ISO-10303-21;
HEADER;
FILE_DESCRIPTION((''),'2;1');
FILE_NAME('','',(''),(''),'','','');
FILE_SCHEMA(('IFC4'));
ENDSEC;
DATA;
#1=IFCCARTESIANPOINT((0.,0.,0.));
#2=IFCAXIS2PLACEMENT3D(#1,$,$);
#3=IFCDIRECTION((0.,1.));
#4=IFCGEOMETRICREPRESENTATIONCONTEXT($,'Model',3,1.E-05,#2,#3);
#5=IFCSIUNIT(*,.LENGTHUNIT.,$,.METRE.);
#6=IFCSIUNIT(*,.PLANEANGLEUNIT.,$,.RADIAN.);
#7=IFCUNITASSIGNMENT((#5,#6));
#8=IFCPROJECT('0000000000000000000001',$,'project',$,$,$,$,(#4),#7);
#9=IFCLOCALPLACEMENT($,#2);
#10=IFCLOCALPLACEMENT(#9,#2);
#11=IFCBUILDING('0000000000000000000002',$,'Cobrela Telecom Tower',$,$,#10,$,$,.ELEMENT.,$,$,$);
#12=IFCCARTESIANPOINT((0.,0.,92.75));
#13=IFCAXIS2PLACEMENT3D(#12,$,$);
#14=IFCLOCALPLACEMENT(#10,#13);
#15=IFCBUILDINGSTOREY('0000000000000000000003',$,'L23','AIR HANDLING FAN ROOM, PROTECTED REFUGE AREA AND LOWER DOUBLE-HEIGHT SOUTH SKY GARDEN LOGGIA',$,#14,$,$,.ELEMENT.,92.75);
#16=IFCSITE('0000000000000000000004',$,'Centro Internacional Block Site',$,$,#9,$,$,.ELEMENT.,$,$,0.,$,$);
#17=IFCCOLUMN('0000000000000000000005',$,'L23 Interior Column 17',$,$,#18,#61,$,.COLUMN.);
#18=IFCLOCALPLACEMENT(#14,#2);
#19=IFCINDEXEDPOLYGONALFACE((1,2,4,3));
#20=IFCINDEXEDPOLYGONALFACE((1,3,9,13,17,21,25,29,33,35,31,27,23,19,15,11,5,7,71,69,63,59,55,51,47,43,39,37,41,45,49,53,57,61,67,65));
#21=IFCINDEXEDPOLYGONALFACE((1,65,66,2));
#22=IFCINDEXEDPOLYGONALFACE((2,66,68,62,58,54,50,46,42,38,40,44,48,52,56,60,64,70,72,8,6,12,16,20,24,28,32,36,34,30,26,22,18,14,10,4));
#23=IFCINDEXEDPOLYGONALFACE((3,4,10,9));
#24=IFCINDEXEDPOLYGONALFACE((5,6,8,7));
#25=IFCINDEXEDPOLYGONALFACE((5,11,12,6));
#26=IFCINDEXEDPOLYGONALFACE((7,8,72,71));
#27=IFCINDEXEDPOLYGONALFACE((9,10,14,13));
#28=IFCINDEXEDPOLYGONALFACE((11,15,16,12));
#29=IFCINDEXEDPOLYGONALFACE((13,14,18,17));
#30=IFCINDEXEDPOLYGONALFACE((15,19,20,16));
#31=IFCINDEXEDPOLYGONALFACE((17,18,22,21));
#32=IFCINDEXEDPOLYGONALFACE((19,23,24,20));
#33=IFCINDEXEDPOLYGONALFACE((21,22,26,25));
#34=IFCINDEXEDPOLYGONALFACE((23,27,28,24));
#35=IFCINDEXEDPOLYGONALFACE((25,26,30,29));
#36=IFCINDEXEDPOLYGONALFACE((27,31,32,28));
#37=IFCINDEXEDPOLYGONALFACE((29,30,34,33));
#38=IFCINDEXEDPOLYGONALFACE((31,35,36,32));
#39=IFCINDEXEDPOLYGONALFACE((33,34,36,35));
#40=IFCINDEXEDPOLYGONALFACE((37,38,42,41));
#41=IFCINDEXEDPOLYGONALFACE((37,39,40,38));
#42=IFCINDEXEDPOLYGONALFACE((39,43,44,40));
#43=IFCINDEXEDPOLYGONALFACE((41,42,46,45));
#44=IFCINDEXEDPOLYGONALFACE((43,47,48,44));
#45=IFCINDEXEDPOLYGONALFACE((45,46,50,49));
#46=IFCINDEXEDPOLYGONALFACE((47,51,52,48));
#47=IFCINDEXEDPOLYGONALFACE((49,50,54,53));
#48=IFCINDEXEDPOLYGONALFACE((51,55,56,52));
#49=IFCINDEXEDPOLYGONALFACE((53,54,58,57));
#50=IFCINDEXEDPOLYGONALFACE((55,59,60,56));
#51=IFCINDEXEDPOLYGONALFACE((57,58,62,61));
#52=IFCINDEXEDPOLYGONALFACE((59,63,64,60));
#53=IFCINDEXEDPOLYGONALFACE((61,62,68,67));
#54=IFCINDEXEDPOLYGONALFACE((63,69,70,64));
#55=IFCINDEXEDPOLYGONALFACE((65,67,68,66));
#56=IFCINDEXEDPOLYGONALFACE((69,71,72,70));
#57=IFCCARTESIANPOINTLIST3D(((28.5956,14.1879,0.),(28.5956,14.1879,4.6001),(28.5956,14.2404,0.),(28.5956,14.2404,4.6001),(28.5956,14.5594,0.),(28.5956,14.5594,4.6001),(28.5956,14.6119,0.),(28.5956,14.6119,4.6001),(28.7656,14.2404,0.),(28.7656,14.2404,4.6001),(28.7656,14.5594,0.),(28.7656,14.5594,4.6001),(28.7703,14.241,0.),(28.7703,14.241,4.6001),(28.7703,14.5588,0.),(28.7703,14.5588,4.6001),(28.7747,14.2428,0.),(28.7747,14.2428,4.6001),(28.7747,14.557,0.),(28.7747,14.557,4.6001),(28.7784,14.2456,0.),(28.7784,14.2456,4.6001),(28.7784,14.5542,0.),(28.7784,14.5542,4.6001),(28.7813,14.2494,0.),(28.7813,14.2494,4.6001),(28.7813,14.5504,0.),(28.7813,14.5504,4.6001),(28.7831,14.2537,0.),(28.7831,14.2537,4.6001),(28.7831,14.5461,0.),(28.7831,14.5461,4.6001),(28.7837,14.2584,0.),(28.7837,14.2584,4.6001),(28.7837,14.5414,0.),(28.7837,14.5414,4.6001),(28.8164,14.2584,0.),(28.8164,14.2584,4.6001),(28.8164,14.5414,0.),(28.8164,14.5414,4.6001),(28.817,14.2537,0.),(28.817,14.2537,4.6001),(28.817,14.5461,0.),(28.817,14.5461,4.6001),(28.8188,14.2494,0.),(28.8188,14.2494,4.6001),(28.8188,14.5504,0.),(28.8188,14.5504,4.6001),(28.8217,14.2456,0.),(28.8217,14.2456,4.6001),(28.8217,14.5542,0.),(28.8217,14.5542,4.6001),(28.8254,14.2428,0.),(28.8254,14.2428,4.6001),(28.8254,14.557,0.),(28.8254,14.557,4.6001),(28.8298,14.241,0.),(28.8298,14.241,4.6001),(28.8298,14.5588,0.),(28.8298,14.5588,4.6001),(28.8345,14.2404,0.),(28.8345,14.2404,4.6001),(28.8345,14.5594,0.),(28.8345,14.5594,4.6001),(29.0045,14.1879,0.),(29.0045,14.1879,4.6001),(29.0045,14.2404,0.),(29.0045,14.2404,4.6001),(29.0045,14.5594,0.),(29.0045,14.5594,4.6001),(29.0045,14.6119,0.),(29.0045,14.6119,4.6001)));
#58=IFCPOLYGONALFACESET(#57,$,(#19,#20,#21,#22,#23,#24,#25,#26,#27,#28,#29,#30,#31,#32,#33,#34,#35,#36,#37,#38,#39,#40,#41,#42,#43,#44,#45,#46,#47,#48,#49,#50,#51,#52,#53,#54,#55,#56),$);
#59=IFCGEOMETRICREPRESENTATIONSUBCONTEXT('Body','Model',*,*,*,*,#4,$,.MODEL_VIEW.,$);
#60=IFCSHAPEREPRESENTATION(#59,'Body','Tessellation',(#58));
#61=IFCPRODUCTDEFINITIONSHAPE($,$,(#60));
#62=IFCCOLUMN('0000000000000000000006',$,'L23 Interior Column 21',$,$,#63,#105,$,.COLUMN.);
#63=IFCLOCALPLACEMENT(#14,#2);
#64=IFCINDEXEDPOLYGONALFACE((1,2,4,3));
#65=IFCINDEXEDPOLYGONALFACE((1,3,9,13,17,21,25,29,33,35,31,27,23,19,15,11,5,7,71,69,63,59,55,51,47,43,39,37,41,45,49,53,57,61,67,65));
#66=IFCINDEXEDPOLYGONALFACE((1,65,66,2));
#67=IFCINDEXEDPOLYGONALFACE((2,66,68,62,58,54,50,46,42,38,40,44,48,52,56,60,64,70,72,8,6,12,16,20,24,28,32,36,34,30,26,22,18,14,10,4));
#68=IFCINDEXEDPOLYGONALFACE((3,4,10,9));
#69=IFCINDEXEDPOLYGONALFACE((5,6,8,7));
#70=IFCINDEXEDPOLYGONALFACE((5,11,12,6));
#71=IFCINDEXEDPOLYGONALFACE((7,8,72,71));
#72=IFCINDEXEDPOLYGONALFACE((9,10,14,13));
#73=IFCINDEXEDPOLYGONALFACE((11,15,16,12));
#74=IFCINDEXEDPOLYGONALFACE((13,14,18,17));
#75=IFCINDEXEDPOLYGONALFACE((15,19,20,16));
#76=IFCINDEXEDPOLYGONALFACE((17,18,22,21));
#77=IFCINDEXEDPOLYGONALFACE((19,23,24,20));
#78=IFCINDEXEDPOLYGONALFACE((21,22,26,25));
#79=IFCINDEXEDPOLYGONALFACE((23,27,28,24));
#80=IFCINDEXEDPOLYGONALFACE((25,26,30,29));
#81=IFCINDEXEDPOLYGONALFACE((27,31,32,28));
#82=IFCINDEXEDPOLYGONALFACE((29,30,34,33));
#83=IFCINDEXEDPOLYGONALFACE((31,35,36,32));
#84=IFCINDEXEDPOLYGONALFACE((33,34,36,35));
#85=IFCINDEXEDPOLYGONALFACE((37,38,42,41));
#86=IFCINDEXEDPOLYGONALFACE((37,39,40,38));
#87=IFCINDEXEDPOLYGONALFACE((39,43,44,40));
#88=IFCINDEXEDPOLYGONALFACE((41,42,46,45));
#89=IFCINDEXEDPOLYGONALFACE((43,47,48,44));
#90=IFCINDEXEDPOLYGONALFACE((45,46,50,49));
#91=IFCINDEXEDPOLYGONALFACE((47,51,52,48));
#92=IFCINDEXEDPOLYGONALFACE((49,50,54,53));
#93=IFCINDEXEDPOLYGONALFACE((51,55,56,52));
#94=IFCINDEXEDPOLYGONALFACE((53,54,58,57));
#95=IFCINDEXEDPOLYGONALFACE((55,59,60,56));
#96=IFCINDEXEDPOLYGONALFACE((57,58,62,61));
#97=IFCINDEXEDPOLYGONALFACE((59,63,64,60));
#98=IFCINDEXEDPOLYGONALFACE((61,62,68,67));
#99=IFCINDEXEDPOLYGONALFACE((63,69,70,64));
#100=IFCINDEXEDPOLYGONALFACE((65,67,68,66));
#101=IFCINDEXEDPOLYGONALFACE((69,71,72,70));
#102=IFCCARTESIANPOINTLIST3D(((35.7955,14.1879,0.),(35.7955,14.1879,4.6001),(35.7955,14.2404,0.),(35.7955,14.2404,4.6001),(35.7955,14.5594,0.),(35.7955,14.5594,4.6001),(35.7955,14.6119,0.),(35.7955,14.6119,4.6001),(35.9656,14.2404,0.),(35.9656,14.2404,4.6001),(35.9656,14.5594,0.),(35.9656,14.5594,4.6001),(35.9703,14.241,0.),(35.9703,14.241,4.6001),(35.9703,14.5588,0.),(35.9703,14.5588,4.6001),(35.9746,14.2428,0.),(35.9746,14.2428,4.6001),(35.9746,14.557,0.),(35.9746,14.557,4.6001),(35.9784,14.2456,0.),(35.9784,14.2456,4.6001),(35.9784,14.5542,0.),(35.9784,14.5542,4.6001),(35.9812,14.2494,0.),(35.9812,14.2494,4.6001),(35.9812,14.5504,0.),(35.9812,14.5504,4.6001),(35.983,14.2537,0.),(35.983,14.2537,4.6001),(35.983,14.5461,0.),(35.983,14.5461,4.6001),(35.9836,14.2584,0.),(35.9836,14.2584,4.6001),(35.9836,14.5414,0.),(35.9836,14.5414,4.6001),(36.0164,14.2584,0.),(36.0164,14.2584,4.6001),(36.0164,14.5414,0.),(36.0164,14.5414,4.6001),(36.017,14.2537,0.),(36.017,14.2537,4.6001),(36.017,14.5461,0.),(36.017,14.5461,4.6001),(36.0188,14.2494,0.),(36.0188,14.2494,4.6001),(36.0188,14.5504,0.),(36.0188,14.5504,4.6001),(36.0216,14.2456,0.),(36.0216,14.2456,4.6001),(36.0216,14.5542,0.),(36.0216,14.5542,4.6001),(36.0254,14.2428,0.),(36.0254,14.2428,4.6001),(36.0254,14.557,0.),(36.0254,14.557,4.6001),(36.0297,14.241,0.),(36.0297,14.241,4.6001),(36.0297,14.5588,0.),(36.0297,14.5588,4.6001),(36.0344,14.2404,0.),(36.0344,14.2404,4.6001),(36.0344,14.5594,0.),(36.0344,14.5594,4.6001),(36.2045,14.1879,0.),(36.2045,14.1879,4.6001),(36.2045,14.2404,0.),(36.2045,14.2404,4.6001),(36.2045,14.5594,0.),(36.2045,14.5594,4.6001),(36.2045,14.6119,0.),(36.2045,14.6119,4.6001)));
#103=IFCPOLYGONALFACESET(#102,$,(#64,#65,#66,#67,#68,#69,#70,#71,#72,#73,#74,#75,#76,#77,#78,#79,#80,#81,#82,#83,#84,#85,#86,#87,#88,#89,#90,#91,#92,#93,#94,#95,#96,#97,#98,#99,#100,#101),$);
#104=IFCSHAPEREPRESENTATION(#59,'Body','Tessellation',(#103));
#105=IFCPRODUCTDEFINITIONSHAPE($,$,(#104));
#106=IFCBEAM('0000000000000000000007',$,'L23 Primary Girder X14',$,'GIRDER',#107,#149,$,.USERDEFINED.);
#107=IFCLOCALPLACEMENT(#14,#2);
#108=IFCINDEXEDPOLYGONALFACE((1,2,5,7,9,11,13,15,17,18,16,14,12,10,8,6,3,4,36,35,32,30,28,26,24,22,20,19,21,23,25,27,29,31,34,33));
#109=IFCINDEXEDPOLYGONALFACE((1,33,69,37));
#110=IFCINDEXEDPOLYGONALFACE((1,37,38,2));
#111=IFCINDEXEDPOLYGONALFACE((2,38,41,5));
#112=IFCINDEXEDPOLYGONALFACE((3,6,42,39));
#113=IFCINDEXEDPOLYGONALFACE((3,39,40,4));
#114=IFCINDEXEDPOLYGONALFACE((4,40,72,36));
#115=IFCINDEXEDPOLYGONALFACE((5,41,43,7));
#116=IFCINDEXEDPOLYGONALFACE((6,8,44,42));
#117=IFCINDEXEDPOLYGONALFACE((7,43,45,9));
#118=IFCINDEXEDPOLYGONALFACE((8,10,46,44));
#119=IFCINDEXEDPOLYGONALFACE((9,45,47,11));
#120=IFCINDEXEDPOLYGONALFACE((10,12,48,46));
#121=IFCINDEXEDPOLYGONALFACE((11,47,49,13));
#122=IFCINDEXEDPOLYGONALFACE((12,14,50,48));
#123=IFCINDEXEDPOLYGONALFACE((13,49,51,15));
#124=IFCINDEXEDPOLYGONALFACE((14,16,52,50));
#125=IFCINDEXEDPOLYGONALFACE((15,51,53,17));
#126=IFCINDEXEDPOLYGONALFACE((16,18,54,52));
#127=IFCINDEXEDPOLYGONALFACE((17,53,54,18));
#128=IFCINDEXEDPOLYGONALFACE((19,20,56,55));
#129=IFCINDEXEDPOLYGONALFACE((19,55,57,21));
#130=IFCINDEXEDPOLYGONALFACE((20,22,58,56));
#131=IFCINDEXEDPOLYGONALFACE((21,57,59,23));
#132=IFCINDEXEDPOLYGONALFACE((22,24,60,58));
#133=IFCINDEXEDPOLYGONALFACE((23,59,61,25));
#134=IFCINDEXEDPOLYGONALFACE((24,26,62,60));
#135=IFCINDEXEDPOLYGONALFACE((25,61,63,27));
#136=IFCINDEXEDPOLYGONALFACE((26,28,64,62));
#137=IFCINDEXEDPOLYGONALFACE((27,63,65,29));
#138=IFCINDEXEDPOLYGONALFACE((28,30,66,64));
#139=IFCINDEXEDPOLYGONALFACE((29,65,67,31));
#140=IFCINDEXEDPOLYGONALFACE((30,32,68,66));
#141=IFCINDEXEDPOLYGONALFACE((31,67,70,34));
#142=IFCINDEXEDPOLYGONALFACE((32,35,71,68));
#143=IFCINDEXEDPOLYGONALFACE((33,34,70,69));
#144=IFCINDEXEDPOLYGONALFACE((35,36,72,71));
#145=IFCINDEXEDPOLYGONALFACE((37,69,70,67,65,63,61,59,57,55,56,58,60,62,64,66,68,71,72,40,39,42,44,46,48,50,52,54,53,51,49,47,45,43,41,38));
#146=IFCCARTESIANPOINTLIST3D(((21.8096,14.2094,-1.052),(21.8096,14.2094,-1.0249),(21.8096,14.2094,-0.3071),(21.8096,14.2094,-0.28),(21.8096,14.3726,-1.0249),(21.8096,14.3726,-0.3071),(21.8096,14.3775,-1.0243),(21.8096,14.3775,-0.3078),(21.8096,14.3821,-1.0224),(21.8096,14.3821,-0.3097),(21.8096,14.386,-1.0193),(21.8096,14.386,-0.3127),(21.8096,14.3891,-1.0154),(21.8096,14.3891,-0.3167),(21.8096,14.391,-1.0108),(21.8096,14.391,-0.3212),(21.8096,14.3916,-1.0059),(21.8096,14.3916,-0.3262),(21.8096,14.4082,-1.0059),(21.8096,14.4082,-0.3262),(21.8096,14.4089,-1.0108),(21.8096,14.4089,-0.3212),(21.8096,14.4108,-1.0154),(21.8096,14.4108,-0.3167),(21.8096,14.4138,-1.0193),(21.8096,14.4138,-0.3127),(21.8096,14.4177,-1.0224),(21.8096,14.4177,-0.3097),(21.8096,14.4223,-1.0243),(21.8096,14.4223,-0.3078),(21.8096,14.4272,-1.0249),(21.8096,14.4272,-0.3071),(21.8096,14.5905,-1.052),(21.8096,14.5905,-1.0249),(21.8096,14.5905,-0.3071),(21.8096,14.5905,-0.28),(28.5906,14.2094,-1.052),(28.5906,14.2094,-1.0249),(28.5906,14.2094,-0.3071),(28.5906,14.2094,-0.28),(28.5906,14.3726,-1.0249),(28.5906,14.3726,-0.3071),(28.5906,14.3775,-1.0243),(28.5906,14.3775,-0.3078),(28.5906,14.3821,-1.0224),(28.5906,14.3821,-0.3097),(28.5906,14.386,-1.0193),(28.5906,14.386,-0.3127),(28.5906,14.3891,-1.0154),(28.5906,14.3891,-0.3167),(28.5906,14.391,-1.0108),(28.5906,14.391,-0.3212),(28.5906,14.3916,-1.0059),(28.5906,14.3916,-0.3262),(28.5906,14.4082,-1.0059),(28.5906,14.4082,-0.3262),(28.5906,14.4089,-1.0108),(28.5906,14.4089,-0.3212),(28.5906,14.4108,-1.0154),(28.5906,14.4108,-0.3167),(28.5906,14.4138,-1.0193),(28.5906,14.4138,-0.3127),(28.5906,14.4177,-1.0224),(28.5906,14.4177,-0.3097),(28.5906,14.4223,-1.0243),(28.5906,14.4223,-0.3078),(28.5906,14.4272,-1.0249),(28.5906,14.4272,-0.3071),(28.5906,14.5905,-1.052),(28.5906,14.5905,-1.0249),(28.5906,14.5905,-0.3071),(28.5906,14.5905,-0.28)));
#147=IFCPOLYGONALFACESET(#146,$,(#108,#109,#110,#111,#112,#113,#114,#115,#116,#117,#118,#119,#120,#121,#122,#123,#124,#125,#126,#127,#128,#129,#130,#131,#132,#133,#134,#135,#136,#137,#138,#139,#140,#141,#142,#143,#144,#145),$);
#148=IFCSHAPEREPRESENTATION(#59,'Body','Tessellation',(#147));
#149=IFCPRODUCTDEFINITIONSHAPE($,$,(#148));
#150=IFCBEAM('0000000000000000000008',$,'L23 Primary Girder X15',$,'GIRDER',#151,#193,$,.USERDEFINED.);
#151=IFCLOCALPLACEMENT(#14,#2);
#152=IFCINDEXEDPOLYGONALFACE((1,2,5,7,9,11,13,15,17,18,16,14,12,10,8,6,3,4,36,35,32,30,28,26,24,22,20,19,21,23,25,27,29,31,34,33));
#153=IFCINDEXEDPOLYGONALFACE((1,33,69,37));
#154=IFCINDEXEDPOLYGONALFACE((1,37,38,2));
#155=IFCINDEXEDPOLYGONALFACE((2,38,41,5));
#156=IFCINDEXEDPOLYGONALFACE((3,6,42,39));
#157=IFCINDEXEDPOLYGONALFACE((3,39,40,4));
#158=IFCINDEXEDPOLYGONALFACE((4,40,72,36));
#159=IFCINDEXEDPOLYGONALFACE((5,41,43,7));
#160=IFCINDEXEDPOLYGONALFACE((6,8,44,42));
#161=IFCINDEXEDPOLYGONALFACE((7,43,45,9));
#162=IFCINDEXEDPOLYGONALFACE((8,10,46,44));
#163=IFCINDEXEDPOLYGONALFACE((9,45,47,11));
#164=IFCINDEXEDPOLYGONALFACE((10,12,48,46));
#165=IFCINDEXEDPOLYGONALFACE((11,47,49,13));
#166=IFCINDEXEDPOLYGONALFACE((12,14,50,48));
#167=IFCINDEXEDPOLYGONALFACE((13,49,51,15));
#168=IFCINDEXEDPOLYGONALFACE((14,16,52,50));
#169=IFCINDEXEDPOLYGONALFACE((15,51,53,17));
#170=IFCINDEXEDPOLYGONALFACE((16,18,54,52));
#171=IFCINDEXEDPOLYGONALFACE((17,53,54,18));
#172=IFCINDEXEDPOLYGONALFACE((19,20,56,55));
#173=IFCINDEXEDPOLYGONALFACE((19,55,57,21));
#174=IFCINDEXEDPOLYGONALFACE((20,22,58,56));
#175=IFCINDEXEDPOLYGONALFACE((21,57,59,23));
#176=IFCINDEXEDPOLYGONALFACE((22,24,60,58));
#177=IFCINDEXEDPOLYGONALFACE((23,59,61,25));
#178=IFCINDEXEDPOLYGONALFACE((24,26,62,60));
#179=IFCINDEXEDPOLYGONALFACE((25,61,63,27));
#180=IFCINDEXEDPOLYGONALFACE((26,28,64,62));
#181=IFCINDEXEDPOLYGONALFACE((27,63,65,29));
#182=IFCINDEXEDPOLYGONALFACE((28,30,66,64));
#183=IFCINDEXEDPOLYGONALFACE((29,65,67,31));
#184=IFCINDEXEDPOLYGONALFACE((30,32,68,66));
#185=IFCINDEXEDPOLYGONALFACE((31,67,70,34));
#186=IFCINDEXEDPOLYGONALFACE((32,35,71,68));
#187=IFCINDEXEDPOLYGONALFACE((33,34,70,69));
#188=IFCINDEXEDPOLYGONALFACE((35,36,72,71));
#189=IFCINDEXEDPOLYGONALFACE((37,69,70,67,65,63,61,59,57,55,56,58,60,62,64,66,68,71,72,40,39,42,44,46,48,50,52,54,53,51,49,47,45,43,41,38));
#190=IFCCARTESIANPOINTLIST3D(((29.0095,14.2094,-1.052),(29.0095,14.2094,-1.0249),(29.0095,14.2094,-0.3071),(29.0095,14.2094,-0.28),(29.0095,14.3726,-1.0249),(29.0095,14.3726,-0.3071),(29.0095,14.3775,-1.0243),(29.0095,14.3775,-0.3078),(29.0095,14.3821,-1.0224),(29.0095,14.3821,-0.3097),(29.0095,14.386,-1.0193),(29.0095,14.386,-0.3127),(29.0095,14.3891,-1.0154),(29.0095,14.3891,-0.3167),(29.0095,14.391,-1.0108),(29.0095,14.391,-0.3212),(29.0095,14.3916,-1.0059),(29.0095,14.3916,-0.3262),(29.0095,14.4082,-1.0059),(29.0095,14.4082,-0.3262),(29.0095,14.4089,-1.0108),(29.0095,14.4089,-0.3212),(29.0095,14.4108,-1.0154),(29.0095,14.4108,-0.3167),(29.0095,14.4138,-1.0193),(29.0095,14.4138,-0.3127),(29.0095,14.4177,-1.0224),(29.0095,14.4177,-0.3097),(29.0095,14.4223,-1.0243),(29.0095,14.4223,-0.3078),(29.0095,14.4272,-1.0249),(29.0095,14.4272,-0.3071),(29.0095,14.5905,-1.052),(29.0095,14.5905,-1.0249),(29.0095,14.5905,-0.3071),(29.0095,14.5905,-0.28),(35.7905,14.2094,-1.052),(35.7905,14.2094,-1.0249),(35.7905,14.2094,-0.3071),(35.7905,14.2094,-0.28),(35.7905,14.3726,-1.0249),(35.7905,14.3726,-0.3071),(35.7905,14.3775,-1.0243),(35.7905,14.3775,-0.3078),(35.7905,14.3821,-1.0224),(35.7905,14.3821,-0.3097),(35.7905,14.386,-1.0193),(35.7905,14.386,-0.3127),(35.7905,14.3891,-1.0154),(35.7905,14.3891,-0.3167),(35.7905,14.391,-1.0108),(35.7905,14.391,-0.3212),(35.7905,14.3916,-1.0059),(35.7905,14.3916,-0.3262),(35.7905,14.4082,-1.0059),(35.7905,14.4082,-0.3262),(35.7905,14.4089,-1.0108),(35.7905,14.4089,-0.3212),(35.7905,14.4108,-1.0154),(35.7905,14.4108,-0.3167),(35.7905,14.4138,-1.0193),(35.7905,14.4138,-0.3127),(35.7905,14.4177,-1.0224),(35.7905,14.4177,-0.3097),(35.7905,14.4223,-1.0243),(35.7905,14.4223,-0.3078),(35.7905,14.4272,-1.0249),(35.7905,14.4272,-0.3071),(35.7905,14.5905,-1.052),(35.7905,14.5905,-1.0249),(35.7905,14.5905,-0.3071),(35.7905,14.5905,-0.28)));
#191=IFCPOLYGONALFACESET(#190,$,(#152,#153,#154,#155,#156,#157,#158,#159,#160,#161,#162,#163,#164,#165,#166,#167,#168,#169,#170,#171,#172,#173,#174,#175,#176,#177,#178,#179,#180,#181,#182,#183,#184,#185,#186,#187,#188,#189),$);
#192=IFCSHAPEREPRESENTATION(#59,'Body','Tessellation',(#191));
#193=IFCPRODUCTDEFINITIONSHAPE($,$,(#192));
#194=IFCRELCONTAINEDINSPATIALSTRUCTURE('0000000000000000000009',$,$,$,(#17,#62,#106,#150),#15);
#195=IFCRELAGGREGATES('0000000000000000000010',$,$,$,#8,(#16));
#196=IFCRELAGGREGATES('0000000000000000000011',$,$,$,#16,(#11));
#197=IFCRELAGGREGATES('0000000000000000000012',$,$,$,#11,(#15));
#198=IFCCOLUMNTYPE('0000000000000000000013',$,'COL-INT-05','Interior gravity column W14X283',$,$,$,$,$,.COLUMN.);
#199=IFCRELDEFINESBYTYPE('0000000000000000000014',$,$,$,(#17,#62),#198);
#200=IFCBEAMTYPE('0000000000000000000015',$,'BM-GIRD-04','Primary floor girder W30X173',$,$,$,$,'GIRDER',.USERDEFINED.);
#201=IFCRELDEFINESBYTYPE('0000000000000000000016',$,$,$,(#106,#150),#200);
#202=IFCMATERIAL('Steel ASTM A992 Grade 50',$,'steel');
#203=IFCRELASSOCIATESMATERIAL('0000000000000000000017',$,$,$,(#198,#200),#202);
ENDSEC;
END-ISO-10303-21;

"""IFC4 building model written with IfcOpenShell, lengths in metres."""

from ifc_helpers import new_model, si_unit, direction, frame, origin, origin_2d, place, context, subcontext, project, spatial, i_section, extrude, material, material_profile, profile_set, type_object, element, save


model = new_model("IFC4")

# Units and contexts
model_context = context("Model", 3, precision=1e-05, world=origin(), true_north=direction((0.0, 1.0)))
body_context = subcontext(model_context, "Body", "Model", "MODEL_VIEW")
ifc_project = project(units=[si_unit("LENGTHUNIT", "METRE"), si_unit("PLANEANGLEUNIT", "RADIAN")], contexts=[model_context])

# Site, building, storey
site_placement = place(None, origin())
site = spatial("IfcSite", under=ifc_project, at=site_placement, Name="Centro Internacional Block Site", CompositionType="ELEMENT", RefElevation=0.0)
building_placement = place(site_placement, origin())
building = spatial("IfcBuilding", under=site, at=building_placement, Name="Cobrela Telecom Tower", CompositionType="ELEMENT")
storey_placement = place(building_placement, frame((0.0, 0.0, 92.75)))
storey = spatial("IfcBuildingStorey", under=building, at=storey_placement, Name="L23", Description="AIR HANDLING FAN ROOM, PROTECTED REFUGE AREA AND LOWER DOUBLE-HEIGHT SOUTH SKY GARDEN LOGGIA", CompositionType="ELEMENT", Elevation=92.75)

# Columns
ifc_material_1 = material(Name="Steel ASTM A992 Grade 50", Category="steel")
ifc_material_profile_1 = material_profile(ifc_material_1, i_section(OverallWidth=0.4089, OverallDepth=0.4241, WebThickness=0.0327, FlangeThickness=0.0525, FilletRadius=0.0181, at=origin_2d()), Name="W14X283")
ifc_profile_set_1 = profile_set([ifc_material_profile_1], Name="Steel ASTM A992 Grade 50")
column_type = type_object("IfcColumnType", Name="COL-INT-05", Description="Interior gravity column W14X283", PredefinedType="COLUMN", material=ifc_profile_set_1)
for number, where, z_axis, x_axis, name in (
    (1, (28.8, 14.3999, 0.0), (0.0, 0.0, 1.0), (1.0, 0.0, 0.0), "L23 Interior Column 17"),
    (2, (36.0, 14.3999, 0.0), (0.0, 0.0, 1.0), (1.0, 0.0, 0.0), "L23 Interior Column 21"),
):
    element("IfcColumn", number, at=place(storey_placement, frame(where, z_axis=z_axis, x_axis=x_axis)), inside=storey, type_object=column_type, Name=name, PredefinedType="COLUMN", context=body_context, shape_type="SweptSolid", body=[
        extrude(i_section(OverallWidth=0.4089, OverallDepth=0.4241, WebThickness=0.0327, FlangeThickness=0.0525, FilletRadius=0.0181, at=origin_2d()), origin(), (0.0, 0.0, 1.0), 4.6001),
    ])

# Beams
ifc_material_profile_2 = material_profile(ifc_material_1, i_section(OverallWidth=0.3811, OverallDepth=0.772, WebThickness=0.0166, FlangeThickness=0.0271, FilletRadius=0.019, at=origin_2d()), Name="W30X173")
ifc_profile_set_2 = profile_set([ifc_material_profile_2], Name="Steel ASTM A992 Grade 50")
beam_type_1 = type_object("IfcBeamType", Name="BM-GIRD-04", Description="Primary floor girder W30X173", ElementType="GIRDER", PredefinedType="USERDEFINED", material=ifc_profile_set_2)
for number, where, z_axis, x_axis, name in (
    (3, (21.8096, 14.3999, -0.666), (1.0, 0.0, 0.0), (0.0, 1.0, 0.0), "L23 Primary Girder X14"),
    (4, (29.0095, 14.3999, -0.666), (1.0, 0.0, 0.0), (0.0, 1.0, 0.0), "L23 Primary Girder X15"),
):
    element("IfcBeam", number, at=place(storey_placement, frame(where, z_axis=z_axis, x_axis=x_axis)), inside=storey, type_object=beam_type_1, Name=name, ObjectType="GIRDER", PredefinedType="USERDEFINED", context=body_context, shape_type="SweptSolid", body=[
        extrude(i_section(OverallWidth=0.3811, OverallDepth=0.772, WebThickness=0.0166, FlangeThickness=0.0271, FilletRadius=0.019, at=origin_2d()), origin(), (0.0, 0.0, 1.0), 6.781),
    ])

save(model, "model.ifc")
